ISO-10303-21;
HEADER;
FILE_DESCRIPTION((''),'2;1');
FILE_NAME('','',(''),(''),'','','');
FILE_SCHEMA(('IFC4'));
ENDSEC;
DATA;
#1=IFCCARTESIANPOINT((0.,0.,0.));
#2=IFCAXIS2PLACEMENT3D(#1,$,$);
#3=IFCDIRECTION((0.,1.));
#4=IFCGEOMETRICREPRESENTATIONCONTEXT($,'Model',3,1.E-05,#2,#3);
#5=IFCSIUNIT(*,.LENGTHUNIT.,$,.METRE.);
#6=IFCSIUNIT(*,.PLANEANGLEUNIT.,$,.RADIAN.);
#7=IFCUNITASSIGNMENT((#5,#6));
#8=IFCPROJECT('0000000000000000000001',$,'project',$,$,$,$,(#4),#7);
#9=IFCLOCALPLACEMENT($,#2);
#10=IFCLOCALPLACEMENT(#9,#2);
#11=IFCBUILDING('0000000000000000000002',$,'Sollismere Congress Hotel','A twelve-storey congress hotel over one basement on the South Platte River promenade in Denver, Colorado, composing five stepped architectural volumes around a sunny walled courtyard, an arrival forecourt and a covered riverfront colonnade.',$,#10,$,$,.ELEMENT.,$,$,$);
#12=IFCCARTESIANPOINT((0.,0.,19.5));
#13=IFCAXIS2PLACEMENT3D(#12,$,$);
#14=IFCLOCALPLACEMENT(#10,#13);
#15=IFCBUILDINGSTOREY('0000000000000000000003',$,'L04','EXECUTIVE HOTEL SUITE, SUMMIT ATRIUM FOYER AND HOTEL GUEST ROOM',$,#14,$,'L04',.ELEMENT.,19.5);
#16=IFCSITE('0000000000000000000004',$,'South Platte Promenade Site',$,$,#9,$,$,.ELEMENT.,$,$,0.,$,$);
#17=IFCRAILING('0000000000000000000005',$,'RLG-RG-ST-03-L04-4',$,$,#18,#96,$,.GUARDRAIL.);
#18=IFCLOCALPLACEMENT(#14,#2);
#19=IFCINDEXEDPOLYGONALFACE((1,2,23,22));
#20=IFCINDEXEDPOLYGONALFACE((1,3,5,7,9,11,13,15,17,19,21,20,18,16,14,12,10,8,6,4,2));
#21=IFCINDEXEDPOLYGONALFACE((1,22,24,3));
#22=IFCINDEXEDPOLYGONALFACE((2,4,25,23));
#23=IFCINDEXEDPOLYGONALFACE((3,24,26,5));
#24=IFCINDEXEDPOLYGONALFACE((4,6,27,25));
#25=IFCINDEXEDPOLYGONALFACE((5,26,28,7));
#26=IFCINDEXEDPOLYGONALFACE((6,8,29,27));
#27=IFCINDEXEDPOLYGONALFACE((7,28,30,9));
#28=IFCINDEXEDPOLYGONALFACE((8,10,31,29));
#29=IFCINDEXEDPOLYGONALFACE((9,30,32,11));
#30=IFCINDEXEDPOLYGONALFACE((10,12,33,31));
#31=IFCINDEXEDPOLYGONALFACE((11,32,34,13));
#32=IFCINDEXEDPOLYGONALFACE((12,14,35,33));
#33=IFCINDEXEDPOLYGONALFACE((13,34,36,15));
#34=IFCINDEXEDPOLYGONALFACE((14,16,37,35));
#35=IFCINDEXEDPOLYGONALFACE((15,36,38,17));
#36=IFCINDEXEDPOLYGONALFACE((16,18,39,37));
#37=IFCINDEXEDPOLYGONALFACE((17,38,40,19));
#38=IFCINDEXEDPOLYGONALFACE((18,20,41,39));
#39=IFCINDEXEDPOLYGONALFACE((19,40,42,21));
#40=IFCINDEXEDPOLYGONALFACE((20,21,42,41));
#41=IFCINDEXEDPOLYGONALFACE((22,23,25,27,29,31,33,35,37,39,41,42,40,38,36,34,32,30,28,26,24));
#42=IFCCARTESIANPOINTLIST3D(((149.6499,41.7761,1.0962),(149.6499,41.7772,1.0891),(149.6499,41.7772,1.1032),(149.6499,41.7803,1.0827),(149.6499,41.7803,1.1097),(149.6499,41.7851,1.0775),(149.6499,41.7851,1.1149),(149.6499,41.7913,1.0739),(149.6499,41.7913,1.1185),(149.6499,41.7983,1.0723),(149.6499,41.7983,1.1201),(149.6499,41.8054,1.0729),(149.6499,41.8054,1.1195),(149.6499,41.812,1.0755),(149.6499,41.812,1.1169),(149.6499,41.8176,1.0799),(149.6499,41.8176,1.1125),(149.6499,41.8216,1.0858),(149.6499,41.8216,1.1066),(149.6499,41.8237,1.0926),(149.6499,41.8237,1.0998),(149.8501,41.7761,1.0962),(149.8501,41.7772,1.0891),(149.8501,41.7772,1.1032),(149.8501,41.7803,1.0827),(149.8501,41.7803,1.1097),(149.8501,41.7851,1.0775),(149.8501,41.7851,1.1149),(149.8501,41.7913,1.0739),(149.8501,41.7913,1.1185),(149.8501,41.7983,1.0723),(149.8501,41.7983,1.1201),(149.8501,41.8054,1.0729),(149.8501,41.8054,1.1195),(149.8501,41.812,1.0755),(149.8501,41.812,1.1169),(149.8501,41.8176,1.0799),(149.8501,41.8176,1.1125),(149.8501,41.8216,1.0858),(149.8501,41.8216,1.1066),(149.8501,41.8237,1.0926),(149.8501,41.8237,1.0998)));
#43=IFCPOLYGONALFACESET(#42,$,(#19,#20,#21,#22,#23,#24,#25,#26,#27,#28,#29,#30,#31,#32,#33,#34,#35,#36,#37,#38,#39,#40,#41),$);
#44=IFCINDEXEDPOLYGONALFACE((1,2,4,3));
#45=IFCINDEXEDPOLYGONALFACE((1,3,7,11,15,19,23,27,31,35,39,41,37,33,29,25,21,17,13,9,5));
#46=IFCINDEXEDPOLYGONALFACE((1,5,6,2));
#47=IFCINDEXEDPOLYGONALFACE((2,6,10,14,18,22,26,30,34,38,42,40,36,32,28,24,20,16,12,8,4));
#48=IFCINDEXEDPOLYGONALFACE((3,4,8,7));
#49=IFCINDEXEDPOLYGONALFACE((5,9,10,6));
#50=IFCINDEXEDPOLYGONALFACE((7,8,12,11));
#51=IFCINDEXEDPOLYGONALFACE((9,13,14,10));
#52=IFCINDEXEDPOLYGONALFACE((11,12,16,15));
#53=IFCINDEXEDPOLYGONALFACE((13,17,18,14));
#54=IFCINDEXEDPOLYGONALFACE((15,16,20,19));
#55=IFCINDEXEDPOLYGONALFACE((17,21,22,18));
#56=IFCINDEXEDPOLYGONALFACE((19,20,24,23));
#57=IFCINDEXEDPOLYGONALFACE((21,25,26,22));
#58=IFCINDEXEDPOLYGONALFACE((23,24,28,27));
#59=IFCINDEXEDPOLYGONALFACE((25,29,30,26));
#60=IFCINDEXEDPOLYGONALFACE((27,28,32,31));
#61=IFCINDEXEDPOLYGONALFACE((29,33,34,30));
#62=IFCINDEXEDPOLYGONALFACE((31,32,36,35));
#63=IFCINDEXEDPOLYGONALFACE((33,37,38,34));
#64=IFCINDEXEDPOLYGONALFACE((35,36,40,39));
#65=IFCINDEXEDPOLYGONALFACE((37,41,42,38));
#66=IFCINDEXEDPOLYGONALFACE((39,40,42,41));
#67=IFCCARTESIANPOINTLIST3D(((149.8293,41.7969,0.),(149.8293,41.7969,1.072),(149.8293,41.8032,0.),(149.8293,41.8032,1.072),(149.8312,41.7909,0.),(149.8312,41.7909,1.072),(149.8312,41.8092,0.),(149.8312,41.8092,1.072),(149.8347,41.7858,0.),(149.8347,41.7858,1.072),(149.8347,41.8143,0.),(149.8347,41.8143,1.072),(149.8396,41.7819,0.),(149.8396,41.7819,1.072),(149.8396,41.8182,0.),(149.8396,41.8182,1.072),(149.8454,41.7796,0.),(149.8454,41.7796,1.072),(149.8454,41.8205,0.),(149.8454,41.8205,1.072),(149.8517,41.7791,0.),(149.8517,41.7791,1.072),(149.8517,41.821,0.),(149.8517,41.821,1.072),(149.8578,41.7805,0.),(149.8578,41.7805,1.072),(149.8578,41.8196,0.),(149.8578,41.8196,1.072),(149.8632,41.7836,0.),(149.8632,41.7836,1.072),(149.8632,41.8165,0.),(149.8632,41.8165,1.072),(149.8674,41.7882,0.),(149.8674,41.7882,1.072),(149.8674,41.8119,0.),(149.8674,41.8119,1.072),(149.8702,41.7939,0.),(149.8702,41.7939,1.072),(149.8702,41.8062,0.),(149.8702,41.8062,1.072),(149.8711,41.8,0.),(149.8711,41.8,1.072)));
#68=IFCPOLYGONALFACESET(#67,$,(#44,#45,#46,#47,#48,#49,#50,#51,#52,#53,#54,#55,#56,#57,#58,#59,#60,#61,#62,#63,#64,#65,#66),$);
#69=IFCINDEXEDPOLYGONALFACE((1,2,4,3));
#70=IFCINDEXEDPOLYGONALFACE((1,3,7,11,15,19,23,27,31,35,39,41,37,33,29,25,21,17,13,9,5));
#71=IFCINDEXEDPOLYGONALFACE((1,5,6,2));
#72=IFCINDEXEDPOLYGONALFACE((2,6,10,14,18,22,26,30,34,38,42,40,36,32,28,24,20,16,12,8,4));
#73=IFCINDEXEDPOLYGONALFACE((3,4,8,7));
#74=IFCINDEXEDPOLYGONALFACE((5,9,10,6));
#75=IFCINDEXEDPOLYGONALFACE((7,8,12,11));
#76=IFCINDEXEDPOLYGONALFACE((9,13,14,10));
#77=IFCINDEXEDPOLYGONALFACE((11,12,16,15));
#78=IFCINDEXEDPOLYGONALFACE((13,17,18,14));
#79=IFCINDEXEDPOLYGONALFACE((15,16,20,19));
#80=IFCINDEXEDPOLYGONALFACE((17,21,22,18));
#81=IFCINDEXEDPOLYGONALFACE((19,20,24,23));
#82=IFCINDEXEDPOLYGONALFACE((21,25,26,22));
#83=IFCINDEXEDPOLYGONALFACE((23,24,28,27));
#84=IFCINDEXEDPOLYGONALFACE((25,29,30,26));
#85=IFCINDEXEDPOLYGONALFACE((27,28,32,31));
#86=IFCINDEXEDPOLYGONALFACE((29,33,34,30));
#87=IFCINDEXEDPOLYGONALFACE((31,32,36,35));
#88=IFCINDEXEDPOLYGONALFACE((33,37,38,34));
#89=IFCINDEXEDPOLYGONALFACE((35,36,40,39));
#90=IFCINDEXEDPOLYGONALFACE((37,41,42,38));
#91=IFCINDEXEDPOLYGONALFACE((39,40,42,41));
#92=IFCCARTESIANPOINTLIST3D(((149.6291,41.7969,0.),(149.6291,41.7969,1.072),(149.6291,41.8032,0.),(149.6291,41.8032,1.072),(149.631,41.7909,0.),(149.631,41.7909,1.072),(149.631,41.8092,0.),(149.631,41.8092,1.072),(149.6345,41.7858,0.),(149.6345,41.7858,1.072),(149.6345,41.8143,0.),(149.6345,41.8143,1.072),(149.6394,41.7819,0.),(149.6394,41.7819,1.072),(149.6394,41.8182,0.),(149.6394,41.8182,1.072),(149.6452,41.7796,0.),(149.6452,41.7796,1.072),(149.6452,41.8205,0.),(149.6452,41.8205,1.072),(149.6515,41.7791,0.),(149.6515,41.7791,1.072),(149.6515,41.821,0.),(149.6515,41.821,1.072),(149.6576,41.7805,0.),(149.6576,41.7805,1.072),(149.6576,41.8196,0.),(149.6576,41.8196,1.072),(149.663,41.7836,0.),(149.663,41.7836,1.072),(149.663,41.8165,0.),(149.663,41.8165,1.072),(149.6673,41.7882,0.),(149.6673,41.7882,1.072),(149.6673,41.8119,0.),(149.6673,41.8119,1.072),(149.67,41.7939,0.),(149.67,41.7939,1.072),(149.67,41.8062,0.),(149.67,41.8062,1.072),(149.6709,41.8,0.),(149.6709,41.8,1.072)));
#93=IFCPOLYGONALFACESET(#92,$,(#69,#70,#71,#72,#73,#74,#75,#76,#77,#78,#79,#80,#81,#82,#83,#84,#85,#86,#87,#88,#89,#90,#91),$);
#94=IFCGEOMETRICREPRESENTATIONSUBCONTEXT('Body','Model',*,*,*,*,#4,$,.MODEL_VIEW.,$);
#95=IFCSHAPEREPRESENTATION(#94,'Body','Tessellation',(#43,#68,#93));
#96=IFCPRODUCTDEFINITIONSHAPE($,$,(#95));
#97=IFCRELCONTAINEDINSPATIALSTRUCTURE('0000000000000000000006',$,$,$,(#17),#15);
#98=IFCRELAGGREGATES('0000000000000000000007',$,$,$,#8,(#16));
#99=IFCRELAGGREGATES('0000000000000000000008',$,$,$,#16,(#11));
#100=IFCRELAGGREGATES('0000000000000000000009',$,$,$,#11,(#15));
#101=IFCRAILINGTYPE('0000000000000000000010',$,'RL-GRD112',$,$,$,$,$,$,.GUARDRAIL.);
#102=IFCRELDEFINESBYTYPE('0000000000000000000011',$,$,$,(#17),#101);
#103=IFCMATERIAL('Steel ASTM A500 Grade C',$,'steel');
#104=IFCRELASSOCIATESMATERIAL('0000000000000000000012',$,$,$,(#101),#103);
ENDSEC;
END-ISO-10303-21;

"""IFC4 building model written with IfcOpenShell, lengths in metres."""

from ifc_helpers import new_model, si_unit, direction, frame, origin, origin_2d, place, context, subcontext, project, spatial, circle, extrude, material, type_object, element, save


model = new_model("IFC4")

# Units and contexts
model_context = context("Model", 3, precision=1e-05, world=origin(), true_north=direction((0.0, 1.0)))
body_context = subcontext(model_context, "Body", "Model", "MODEL_VIEW")
ifc_project = project(units=[si_unit("LENGTHUNIT", "METRE"), si_unit("PLANEANGLEUNIT", "RADIAN")], contexts=[model_context])

# Site, building, storey
site_placement = place(None, origin())
site = spatial("IfcSite", under=ifc_project, at=site_placement, Name="South Platte Promenade Site", CompositionType="ELEMENT", RefElevation=0.0)
building_placement = place(site_placement, origin())
building = spatial("IfcBuilding", under=site, at=building_placement, Name="Sollismere Congress Hotel", Description="A twelve-storey congress hotel over one basement on the South Platte River promenade in Denver, Colorado, composing five stepped architectural volumes around a sunny walled courtyard, an arrival forecourt and a covered riverfront colonnade.", CompositionType="ELEMENT")
storey_placement = place(building_placement, frame((0.0, 0.0, 19.5)))
storey = spatial("IfcBuildingStorey", under=building, at=storey_placement, Name="L04", Description="EXECUTIVE HOTEL SUITE, SUMMIT ATRIUM FOYER AND HOTEL GUEST ROOM", LongName="L04", CompositionType="ELEMENT", Elevation=19.5)

# Railing
ifc_material_1 = material(Name="Steel ASTM A500 Grade C", Category="steel")
railing_type_1 = type_object("IfcRailingType", Name="RL-GRD112", PredefinedType="GUARDRAIL", material=ifc_material_1)
railing_1_placement = place(storey_placement, frame((149.8501, 41.8, 0.0)))
element("IfcRailing", 1, at=railing_1_placement, inside=storey, type_object=railing_type_1, Name="RLG-RG-ST-03-L04-4", PredefinedType="GUARDRAIL", context=body_context, shape_type="SweptSolid", body=[
    extrude(circle(Radius=0.0239, at=origin_2d()), frame((0.0, 0.0, 1.0962), z_axis=(-1.0, 0.0, 0.0), x_axis=(0.0, -1.0, 0.0)), (0.0, 0.0, 1.0), 0.2002),
    extrude(circle(Radius=0.021, at=origin_2d()), origin(), (0.0, 0.0, 1.0), 1.072),
    extrude(circle(Radius=0.021, at=origin_2d()), frame((-0.2002, 0.0, 0.0)), (0.0, 0.0, 1.0), 1.072),
])

save(model, "model.ifc")
